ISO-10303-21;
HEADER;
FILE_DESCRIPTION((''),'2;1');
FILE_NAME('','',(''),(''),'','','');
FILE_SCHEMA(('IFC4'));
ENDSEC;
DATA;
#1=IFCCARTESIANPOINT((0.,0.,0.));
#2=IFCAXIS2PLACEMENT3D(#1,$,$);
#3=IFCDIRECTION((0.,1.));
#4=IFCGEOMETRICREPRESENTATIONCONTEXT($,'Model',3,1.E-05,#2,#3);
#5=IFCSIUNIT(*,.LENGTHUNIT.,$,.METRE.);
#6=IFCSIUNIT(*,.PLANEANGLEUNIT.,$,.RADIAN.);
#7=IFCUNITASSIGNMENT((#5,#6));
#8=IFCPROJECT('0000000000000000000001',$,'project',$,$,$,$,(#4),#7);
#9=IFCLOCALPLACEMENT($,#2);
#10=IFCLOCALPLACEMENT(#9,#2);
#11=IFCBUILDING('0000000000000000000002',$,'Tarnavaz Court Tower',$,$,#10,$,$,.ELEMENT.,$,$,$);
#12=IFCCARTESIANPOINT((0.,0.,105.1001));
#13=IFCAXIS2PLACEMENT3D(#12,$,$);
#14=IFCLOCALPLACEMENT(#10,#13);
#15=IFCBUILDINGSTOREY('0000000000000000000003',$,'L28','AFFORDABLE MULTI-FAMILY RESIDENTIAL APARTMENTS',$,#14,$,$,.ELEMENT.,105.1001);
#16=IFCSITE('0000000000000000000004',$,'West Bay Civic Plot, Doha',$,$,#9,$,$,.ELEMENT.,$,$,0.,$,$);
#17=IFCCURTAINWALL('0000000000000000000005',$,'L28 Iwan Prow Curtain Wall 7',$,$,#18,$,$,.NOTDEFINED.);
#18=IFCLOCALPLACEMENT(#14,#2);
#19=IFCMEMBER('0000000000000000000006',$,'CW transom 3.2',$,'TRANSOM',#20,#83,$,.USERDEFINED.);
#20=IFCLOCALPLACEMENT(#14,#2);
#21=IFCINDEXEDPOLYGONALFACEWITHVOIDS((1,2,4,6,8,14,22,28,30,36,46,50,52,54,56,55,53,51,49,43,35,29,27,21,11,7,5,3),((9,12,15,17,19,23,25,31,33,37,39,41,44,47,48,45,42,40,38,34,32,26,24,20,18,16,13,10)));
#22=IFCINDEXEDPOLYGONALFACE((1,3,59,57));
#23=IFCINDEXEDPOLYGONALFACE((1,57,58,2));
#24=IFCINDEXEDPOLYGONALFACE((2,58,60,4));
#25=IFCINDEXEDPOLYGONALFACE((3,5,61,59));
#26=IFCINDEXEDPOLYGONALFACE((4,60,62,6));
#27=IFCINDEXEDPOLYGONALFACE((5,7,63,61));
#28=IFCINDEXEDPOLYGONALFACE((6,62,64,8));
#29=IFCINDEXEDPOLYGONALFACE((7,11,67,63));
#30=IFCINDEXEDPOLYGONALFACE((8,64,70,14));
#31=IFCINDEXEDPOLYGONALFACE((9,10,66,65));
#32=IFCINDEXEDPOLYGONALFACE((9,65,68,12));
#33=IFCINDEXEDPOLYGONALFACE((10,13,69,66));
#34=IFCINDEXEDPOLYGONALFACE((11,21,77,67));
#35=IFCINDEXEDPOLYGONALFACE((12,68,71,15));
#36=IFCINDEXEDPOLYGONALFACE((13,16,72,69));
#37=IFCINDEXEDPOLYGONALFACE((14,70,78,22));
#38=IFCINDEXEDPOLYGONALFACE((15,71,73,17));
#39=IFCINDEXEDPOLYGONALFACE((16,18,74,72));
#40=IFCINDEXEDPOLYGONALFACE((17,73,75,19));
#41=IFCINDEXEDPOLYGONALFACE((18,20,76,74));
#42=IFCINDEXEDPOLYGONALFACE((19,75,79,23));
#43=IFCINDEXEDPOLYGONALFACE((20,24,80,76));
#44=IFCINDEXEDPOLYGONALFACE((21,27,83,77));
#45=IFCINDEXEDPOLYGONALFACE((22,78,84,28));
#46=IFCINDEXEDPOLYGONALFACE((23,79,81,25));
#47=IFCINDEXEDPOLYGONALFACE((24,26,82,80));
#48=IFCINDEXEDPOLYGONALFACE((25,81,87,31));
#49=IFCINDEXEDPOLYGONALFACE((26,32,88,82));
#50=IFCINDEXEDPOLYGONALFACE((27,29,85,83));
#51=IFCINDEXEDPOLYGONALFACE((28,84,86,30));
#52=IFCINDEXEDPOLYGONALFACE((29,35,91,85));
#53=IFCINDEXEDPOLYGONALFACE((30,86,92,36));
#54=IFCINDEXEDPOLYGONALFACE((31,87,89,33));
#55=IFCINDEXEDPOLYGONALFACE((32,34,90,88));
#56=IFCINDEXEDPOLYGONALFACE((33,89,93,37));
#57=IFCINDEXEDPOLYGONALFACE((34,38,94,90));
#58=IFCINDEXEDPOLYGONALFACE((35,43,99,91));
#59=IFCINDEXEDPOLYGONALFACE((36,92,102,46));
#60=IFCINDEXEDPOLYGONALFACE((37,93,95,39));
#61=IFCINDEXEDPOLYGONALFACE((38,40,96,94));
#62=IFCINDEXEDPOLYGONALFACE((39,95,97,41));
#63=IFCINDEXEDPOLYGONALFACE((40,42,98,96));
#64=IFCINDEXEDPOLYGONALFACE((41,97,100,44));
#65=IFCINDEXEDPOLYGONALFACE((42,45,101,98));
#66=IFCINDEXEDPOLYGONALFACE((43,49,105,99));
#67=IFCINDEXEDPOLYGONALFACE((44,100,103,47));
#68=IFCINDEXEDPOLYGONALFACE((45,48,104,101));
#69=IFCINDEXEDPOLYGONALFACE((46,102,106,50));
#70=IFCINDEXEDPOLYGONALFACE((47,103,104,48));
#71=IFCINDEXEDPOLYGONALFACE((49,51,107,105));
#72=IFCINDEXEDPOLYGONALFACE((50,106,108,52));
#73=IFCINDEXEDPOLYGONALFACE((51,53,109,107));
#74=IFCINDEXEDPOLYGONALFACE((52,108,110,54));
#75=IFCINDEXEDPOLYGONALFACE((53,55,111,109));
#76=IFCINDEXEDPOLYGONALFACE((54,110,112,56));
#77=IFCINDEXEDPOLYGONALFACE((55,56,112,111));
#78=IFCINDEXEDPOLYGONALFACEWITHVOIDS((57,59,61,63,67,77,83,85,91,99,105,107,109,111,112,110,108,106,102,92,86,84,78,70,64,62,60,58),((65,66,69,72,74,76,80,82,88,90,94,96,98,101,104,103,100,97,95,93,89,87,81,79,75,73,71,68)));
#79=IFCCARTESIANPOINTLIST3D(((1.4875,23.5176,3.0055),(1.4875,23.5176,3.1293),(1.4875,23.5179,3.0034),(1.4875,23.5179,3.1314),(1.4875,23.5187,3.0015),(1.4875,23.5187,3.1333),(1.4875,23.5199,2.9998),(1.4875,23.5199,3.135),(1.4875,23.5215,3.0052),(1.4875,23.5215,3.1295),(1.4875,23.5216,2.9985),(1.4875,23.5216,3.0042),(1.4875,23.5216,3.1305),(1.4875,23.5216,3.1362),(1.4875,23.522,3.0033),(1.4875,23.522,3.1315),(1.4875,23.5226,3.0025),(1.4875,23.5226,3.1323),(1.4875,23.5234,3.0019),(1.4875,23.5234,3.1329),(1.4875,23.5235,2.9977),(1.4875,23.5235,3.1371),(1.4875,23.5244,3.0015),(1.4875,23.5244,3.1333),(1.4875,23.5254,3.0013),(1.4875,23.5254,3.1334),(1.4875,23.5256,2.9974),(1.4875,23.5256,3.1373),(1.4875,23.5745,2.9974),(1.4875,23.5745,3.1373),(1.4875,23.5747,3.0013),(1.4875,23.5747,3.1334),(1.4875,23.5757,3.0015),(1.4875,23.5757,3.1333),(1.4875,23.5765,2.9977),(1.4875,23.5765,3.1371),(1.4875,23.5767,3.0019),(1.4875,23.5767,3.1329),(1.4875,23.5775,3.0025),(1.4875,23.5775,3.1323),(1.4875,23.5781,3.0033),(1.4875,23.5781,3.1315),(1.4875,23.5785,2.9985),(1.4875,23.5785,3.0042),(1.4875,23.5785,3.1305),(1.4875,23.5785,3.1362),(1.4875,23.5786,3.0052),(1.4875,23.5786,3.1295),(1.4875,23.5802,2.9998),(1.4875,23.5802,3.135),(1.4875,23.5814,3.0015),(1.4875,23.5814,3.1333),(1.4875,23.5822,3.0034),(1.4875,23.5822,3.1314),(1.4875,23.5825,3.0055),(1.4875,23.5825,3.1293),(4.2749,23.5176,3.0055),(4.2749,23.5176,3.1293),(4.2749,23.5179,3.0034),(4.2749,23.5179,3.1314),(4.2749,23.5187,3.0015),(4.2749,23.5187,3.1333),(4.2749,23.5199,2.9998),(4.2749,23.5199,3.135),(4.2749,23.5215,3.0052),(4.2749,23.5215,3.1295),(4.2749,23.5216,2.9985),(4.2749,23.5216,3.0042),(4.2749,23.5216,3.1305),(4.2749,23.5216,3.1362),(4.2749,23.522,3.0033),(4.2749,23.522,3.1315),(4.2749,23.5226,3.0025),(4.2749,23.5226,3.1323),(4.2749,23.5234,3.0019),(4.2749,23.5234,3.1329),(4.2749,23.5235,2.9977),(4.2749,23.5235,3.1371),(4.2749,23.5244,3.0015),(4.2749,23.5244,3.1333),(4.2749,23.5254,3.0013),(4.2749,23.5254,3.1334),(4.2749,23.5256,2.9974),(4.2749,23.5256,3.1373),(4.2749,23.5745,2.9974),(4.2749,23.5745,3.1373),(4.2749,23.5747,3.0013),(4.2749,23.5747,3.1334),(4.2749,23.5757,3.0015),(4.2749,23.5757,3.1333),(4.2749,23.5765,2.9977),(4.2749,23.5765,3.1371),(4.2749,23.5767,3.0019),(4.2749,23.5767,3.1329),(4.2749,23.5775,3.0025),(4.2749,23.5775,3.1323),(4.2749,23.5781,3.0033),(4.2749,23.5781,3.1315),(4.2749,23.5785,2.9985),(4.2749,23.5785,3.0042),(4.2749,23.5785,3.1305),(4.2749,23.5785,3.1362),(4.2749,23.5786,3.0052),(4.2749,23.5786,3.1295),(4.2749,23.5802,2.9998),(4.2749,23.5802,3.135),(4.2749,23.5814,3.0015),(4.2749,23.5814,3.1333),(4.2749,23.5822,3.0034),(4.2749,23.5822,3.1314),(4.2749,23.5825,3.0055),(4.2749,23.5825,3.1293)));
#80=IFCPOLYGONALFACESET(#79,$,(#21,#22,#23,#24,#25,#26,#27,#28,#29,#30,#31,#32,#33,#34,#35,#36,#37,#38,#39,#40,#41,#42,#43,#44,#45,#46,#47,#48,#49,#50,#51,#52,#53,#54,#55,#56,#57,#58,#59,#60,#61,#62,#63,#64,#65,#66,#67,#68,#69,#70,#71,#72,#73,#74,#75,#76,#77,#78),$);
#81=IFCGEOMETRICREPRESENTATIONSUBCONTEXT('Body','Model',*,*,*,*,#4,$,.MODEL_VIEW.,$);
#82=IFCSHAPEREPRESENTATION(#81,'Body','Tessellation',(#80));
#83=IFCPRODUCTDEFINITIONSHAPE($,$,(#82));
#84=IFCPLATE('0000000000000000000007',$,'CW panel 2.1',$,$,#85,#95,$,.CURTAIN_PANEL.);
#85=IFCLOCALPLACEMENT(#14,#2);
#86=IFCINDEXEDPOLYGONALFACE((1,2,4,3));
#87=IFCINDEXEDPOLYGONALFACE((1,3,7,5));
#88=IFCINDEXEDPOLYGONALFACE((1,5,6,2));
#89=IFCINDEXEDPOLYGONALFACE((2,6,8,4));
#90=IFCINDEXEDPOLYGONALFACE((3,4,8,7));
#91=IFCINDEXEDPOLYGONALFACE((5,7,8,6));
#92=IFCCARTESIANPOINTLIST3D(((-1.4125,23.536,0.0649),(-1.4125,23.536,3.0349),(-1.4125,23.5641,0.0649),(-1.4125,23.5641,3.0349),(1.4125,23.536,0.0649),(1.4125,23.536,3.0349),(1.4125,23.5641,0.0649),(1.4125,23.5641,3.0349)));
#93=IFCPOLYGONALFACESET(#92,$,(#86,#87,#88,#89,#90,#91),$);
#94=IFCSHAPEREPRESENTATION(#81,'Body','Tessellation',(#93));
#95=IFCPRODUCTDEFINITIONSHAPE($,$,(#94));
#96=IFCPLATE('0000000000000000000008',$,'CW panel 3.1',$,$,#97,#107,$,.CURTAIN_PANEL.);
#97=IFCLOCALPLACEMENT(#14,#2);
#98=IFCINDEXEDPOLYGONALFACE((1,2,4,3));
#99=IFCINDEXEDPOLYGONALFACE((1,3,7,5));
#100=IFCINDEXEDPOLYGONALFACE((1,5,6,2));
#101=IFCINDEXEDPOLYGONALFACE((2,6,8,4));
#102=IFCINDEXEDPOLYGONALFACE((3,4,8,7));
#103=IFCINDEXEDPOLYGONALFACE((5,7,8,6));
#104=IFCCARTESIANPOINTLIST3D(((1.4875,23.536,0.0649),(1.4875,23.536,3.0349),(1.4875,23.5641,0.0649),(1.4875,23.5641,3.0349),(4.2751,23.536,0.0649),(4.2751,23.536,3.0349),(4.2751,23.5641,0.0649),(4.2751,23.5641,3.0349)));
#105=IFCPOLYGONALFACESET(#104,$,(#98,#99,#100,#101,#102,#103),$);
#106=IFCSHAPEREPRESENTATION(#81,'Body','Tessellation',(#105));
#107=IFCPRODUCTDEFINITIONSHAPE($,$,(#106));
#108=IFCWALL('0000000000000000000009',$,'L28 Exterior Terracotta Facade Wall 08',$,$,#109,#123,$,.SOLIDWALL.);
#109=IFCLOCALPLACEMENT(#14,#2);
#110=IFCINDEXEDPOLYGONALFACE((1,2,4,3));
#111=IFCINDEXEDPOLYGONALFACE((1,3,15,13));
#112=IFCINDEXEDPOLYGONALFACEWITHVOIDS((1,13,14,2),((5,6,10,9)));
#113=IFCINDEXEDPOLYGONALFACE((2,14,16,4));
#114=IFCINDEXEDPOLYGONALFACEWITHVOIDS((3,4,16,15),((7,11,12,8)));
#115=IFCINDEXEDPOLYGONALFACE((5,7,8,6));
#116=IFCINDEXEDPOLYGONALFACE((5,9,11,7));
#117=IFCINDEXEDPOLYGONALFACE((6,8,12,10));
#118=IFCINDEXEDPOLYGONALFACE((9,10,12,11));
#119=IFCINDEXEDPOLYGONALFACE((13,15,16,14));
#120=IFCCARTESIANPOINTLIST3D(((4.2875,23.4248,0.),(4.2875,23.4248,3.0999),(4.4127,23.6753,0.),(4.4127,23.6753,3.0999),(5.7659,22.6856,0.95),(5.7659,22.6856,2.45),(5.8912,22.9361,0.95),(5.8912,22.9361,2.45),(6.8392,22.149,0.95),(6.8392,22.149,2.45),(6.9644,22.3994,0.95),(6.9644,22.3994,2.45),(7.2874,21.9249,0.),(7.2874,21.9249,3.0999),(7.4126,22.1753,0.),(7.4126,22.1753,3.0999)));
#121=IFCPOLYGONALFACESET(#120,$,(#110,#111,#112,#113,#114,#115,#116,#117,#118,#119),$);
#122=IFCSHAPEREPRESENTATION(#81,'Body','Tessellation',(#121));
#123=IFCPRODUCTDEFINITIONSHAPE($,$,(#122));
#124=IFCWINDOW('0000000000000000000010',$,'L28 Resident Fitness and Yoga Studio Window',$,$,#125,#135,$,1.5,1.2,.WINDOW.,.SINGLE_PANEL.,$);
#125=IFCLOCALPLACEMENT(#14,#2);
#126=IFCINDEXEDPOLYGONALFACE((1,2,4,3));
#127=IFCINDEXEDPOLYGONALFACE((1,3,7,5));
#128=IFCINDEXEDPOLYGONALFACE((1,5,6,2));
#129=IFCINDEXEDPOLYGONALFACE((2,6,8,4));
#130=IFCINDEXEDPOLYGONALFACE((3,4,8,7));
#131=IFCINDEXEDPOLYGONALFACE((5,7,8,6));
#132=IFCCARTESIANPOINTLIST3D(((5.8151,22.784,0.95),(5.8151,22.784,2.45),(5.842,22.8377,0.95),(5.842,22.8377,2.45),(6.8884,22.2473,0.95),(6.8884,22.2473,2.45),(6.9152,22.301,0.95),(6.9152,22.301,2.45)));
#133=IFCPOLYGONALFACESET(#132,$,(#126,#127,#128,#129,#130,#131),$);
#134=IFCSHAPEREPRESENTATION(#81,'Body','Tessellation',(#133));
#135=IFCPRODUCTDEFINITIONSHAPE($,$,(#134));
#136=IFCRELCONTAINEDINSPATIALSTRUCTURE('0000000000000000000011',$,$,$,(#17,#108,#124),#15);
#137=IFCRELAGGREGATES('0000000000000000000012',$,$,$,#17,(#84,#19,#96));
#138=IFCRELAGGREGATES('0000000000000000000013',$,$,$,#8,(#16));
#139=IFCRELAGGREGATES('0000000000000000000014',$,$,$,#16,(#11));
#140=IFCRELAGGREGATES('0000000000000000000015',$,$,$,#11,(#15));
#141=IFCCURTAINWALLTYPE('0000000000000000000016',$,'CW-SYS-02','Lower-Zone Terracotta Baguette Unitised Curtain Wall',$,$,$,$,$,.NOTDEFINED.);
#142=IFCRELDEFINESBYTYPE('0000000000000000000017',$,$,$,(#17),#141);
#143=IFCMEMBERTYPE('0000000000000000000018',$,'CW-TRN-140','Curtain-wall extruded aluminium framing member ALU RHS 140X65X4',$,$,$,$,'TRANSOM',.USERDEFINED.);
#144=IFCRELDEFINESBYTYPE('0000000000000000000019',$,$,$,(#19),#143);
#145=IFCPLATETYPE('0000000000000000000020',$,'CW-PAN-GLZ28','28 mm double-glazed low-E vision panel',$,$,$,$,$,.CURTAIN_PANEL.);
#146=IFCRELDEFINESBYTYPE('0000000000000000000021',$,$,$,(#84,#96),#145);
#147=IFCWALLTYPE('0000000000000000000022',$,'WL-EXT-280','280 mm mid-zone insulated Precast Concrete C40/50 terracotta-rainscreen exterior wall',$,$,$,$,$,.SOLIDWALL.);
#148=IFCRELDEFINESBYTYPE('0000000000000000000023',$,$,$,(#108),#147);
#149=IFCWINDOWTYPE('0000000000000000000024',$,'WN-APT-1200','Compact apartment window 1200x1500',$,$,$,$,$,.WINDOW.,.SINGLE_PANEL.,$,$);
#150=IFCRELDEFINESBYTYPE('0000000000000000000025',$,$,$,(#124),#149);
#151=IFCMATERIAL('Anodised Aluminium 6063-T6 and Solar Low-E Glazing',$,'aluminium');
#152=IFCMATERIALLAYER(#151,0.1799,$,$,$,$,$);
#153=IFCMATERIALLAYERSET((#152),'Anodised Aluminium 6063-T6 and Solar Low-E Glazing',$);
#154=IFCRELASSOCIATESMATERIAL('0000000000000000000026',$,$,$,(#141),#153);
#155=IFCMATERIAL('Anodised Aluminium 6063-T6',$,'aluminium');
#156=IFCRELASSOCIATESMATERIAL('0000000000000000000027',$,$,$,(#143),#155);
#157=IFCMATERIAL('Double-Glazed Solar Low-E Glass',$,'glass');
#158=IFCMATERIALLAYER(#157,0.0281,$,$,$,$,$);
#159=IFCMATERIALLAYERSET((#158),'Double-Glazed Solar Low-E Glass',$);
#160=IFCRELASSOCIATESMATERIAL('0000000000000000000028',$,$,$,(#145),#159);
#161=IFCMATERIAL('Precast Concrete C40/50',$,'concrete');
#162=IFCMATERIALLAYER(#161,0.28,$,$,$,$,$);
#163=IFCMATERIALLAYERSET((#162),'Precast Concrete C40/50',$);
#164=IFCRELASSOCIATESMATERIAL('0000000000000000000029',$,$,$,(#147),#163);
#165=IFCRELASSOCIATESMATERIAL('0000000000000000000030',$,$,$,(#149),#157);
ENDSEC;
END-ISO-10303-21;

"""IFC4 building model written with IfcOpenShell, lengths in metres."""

from ifc_helpers import new_model, si_unit, direction, frame, frame_2d, origin, origin_2d, place, context, subcontext, project, spatial, rectangle, hollow_rectangle, extrude, material, layer, layer_set, material_profile, profile_set, type_object, element, fill, aggregate, save


model = new_model("IFC4")

# Units and contexts
model_context = context("Model", 3, precision=1e-05, world=origin(), true_north=direction((0.0, 1.0)))
body_context = subcontext(model_context, "Body", "Model", "MODEL_VIEW")
ifc_project = project(units=[si_unit("LENGTHUNIT", "METRE"), si_unit("PLANEANGLEUNIT", "RADIAN")], contexts=[model_context])

# Site, building, storey
site_placement = place(None, origin())
site = spatial("IfcSite", under=ifc_project, at=site_placement, Name="West Bay Civic Plot, Doha", CompositionType="ELEMENT", RefElevation=0.0)
building_placement = place(site_placement, origin())
building = spatial("IfcBuilding", under=site, at=building_placement, Name="Tarnavaz Court Tower", CompositionType="ELEMENT")
storey_placement = place(building_placement, frame((0.0, 0.0, 105.1001)))
storey = spatial("IfcBuildingStorey", under=building, at=storey_placement, Name="L28", Description="AFFORDABLE MULTI-FAMILY RESIDENTIAL APARTMENTS", CompositionType="ELEMENT", Elevation=105.1001)

# Curtain wall, member, plates
ifc_material_1 = material(Name="Anodised Aluminium 6063-T6 and Solar Low-E Glazing", Category="aluminium")
ifc_layer_1 = layer(ifc_material_1, 0.1799)
ifc_layer_set_1 = layer_set([ifc_layer_1], Name="Anodised Aluminium 6063-T6 and Solar Low-E Glazing")
curtain_wall_type = type_object("IfcCurtainWallType", Name="CW-SYS-02", Description="Lower-Zone Terracotta Baguette Unitised Curtain Wall", PredefinedType="NOTDEFINED", material=ifc_layer_set_1)
curtain_wall_placement = place(storey_placement, origin())
curtain_wall = element("IfcCurtainWall", 1, at=curtain_wall_placement, inside=storey, type_object=curtain_wall_type, Name="L28 Iwan Prow Curtain Wall 7", PredefinedType="NOTDEFINED")
ifc_material_2 = material(Name="Anodised Aluminium 6063-T6", Category="aluminium")
ifc_material_profile_1 = material_profile(ifc_material_2, hollow_rectangle(XDim=0.0649, YDim=0.1399, WallThickness=0.0039, InnerFilletRadius=0.0039, OuterFilletRadius=0.0081, at=origin_2d()), Name="ALU RHS 140X65X4")
ifc_profile_set_1 = profile_set([ifc_material_profile_1], Name="Anodised Aluminium 6063-T6")
member_type_1 = type_object("IfcMemberType", Name="CW-TRN-140", Description="Curtain-wall extruded aluminium framing member ALU RHS 140X65X4", ElementType="TRANSOM", PredefinedType="USERDEFINED", material=ifc_profile_set_1)
member_1_placement = place(storey_placement, frame((1.4875, 23.55, 3.0674), z_axis=(1.0, 0.0, 0.0), x_axis=(0.0, 1.0, 0.0)))
member_1 = element("IfcMember", 2, at=member_1_placement, type_object=member_type_1, Name="CW transom 3.2", ObjectType="TRANSOM", PredefinedType="USERDEFINED", context=body_context, shape_type="SweptSolid", body=[
    extrude(hollow_rectangle(XDim=0.0649, YDim=0.1399, WallThickness=0.0039, InnerFilletRadius=0.0039, OuterFilletRadius=0.0081, at=origin_2d()), origin(), (0.0, 0.0, 1.0), 2.7874),
])
ifc_material_3 = material(Name="Double-Glazed Solar Low-E Glass", Category="glass")
ifc_layer_2 = layer(ifc_material_3, 0.0281)
ifc_layer_set_2 = layer_set([ifc_layer_2], Name="Double-Glazed Solar Low-E Glass")
plate_type = type_object("IfcPlateType", Name="CW-PAN-GLZ28", Description="28 mm double-glazed low-E vision panel", PredefinedType="CURTAIN_PANEL", material=ifc_layer_set_2)
plate_1_placement = place(storey_placement, frame((0.0, 23.55, 0.0649), z_axis=(0.0, 0.0, 1.0), x_axis=(1.0, 0.0, 0.0)))
plate_1 = element("IfcPlate", 3, at=plate_1_placement, type_object=plate_type, Name="CW panel 2.1", PredefinedType="CURTAIN_PANEL", context=body_context, shape_type="SweptSolid", body=[
    extrude(rectangle(XDim=2.825, YDim=0.0281, at=origin_2d()), origin(), (0.0, 0.0, 1.0), 2.97),
])
plate_2_placement = place(storey_placement, frame((2.8813, 23.55, 0.0649), z_axis=(0.0, 0.0, 1.0), x_axis=(1.0, 0.0, 0.0)))
plate_2 = element("IfcPlate", 4, at=plate_2_placement, type_object=plate_type, Name="CW panel 3.1", PredefinedType="CURTAIN_PANEL", context=body_context, shape_type="SweptSolid", body=[
    extrude(rectangle(XDim=2.7876, YDim=0.0281, at=origin_2d()), origin(), (0.0, 0.0, 1.0), 2.97),
])
aggregate(curtain_wall, [plate_1, member_1, plate_2])

# Wall, opening, window
ifc_material_4 = material(Name="Precast Concrete C40/50", Category="concrete")
ifc_layer_3 = layer(ifc_material_4, 0.28)
ifc_layer_set_3 = layer_set([ifc_layer_3], Name="Precast Concrete C40/50")
wall_type_1 = type_object("IfcWallType", Name="WL-EXT-280", Description="280 mm mid-zone insulated Precast Concrete C40/50 terracotta-rainscreen exterior wall", PredefinedType="SOLIDWALL", material=ifc_layer_set_3)
wall_1_placement = place(storey_placement, frame((4.3501, 23.55, 0.0), z_axis=(0.0, 0.0, 1.0), x_axis=(0.894427, -0.447214, 0.0)))
wall_1 = element("IfcWall", 5, at=wall_1_placement, inside=storey, type_object=wall_type_1, Name="L28 Exterior Terracotta Facade Wall 08", PredefinedType="SOLIDWALL", context=body_context, shape_type="SweptSolid", body=[
    extrude(rectangle(XDim=3.354, YDim=0.28, at=frame_2d((1.677, 0.0))), origin(), (0.0, 0.0, 1.0), 3.0999),
])
opening_1_placement = place(wall_1_placement, frame((1.6528, 0.0, 0.95)))
opening_1 = element("IfcOpeningElement", 6, at=opening_1_placement, cuts=wall_1, PredefinedType="OPENING", context=body_context, shape_type="SweptSolid", body=[
    extrude(rectangle(XDim=1.2, YDim=1.5, at=frame_2d((0.6001, 0.75))), frame((0.0, 0.1499, 0.0), z_axis=(0.0, -1.0, 0.0), x_axis=(1.0, 0.0, 0.0)), (0.0, 0.0, 1.0), 0.3),
])
window_type_1 = type_object("IfcWindowType", Name="WN-APT-1200", Description="Compact apartment window 1200x1500", PartitioningType="SINGLE_PANEL", PredefinedType="WINDOW", material=ifc_material_3)
window_1_placement = place(opening_1_placement, origin())
window_1 = element("IfcWindow", 7, at=window_1_placement, inside=storey, type_object=window_type_1, Name="L28 Resident Fitness and Yoga Studio Window", OverallHeight=1.5, OverallWidth=1.2, PartitioningType="SINGLE_PANEL", PredefinedType="WINDOW", context=body_context, shape_type="SweptSolid", body=[
    extrude(rectangle(XDim=1.2, YDim=1.5, at=frame_2d((0.6001, 0.75))), frame((0.0, 0.03, 0.0), z_axis=(0.0, -1.0, 0.0), x_axis=(1.0, 0.0, 0.0)), (0.0, 0.0, 1.0), 0.0601),
])
fill(opening_1, window_1)

save(model, "model.ifc")
